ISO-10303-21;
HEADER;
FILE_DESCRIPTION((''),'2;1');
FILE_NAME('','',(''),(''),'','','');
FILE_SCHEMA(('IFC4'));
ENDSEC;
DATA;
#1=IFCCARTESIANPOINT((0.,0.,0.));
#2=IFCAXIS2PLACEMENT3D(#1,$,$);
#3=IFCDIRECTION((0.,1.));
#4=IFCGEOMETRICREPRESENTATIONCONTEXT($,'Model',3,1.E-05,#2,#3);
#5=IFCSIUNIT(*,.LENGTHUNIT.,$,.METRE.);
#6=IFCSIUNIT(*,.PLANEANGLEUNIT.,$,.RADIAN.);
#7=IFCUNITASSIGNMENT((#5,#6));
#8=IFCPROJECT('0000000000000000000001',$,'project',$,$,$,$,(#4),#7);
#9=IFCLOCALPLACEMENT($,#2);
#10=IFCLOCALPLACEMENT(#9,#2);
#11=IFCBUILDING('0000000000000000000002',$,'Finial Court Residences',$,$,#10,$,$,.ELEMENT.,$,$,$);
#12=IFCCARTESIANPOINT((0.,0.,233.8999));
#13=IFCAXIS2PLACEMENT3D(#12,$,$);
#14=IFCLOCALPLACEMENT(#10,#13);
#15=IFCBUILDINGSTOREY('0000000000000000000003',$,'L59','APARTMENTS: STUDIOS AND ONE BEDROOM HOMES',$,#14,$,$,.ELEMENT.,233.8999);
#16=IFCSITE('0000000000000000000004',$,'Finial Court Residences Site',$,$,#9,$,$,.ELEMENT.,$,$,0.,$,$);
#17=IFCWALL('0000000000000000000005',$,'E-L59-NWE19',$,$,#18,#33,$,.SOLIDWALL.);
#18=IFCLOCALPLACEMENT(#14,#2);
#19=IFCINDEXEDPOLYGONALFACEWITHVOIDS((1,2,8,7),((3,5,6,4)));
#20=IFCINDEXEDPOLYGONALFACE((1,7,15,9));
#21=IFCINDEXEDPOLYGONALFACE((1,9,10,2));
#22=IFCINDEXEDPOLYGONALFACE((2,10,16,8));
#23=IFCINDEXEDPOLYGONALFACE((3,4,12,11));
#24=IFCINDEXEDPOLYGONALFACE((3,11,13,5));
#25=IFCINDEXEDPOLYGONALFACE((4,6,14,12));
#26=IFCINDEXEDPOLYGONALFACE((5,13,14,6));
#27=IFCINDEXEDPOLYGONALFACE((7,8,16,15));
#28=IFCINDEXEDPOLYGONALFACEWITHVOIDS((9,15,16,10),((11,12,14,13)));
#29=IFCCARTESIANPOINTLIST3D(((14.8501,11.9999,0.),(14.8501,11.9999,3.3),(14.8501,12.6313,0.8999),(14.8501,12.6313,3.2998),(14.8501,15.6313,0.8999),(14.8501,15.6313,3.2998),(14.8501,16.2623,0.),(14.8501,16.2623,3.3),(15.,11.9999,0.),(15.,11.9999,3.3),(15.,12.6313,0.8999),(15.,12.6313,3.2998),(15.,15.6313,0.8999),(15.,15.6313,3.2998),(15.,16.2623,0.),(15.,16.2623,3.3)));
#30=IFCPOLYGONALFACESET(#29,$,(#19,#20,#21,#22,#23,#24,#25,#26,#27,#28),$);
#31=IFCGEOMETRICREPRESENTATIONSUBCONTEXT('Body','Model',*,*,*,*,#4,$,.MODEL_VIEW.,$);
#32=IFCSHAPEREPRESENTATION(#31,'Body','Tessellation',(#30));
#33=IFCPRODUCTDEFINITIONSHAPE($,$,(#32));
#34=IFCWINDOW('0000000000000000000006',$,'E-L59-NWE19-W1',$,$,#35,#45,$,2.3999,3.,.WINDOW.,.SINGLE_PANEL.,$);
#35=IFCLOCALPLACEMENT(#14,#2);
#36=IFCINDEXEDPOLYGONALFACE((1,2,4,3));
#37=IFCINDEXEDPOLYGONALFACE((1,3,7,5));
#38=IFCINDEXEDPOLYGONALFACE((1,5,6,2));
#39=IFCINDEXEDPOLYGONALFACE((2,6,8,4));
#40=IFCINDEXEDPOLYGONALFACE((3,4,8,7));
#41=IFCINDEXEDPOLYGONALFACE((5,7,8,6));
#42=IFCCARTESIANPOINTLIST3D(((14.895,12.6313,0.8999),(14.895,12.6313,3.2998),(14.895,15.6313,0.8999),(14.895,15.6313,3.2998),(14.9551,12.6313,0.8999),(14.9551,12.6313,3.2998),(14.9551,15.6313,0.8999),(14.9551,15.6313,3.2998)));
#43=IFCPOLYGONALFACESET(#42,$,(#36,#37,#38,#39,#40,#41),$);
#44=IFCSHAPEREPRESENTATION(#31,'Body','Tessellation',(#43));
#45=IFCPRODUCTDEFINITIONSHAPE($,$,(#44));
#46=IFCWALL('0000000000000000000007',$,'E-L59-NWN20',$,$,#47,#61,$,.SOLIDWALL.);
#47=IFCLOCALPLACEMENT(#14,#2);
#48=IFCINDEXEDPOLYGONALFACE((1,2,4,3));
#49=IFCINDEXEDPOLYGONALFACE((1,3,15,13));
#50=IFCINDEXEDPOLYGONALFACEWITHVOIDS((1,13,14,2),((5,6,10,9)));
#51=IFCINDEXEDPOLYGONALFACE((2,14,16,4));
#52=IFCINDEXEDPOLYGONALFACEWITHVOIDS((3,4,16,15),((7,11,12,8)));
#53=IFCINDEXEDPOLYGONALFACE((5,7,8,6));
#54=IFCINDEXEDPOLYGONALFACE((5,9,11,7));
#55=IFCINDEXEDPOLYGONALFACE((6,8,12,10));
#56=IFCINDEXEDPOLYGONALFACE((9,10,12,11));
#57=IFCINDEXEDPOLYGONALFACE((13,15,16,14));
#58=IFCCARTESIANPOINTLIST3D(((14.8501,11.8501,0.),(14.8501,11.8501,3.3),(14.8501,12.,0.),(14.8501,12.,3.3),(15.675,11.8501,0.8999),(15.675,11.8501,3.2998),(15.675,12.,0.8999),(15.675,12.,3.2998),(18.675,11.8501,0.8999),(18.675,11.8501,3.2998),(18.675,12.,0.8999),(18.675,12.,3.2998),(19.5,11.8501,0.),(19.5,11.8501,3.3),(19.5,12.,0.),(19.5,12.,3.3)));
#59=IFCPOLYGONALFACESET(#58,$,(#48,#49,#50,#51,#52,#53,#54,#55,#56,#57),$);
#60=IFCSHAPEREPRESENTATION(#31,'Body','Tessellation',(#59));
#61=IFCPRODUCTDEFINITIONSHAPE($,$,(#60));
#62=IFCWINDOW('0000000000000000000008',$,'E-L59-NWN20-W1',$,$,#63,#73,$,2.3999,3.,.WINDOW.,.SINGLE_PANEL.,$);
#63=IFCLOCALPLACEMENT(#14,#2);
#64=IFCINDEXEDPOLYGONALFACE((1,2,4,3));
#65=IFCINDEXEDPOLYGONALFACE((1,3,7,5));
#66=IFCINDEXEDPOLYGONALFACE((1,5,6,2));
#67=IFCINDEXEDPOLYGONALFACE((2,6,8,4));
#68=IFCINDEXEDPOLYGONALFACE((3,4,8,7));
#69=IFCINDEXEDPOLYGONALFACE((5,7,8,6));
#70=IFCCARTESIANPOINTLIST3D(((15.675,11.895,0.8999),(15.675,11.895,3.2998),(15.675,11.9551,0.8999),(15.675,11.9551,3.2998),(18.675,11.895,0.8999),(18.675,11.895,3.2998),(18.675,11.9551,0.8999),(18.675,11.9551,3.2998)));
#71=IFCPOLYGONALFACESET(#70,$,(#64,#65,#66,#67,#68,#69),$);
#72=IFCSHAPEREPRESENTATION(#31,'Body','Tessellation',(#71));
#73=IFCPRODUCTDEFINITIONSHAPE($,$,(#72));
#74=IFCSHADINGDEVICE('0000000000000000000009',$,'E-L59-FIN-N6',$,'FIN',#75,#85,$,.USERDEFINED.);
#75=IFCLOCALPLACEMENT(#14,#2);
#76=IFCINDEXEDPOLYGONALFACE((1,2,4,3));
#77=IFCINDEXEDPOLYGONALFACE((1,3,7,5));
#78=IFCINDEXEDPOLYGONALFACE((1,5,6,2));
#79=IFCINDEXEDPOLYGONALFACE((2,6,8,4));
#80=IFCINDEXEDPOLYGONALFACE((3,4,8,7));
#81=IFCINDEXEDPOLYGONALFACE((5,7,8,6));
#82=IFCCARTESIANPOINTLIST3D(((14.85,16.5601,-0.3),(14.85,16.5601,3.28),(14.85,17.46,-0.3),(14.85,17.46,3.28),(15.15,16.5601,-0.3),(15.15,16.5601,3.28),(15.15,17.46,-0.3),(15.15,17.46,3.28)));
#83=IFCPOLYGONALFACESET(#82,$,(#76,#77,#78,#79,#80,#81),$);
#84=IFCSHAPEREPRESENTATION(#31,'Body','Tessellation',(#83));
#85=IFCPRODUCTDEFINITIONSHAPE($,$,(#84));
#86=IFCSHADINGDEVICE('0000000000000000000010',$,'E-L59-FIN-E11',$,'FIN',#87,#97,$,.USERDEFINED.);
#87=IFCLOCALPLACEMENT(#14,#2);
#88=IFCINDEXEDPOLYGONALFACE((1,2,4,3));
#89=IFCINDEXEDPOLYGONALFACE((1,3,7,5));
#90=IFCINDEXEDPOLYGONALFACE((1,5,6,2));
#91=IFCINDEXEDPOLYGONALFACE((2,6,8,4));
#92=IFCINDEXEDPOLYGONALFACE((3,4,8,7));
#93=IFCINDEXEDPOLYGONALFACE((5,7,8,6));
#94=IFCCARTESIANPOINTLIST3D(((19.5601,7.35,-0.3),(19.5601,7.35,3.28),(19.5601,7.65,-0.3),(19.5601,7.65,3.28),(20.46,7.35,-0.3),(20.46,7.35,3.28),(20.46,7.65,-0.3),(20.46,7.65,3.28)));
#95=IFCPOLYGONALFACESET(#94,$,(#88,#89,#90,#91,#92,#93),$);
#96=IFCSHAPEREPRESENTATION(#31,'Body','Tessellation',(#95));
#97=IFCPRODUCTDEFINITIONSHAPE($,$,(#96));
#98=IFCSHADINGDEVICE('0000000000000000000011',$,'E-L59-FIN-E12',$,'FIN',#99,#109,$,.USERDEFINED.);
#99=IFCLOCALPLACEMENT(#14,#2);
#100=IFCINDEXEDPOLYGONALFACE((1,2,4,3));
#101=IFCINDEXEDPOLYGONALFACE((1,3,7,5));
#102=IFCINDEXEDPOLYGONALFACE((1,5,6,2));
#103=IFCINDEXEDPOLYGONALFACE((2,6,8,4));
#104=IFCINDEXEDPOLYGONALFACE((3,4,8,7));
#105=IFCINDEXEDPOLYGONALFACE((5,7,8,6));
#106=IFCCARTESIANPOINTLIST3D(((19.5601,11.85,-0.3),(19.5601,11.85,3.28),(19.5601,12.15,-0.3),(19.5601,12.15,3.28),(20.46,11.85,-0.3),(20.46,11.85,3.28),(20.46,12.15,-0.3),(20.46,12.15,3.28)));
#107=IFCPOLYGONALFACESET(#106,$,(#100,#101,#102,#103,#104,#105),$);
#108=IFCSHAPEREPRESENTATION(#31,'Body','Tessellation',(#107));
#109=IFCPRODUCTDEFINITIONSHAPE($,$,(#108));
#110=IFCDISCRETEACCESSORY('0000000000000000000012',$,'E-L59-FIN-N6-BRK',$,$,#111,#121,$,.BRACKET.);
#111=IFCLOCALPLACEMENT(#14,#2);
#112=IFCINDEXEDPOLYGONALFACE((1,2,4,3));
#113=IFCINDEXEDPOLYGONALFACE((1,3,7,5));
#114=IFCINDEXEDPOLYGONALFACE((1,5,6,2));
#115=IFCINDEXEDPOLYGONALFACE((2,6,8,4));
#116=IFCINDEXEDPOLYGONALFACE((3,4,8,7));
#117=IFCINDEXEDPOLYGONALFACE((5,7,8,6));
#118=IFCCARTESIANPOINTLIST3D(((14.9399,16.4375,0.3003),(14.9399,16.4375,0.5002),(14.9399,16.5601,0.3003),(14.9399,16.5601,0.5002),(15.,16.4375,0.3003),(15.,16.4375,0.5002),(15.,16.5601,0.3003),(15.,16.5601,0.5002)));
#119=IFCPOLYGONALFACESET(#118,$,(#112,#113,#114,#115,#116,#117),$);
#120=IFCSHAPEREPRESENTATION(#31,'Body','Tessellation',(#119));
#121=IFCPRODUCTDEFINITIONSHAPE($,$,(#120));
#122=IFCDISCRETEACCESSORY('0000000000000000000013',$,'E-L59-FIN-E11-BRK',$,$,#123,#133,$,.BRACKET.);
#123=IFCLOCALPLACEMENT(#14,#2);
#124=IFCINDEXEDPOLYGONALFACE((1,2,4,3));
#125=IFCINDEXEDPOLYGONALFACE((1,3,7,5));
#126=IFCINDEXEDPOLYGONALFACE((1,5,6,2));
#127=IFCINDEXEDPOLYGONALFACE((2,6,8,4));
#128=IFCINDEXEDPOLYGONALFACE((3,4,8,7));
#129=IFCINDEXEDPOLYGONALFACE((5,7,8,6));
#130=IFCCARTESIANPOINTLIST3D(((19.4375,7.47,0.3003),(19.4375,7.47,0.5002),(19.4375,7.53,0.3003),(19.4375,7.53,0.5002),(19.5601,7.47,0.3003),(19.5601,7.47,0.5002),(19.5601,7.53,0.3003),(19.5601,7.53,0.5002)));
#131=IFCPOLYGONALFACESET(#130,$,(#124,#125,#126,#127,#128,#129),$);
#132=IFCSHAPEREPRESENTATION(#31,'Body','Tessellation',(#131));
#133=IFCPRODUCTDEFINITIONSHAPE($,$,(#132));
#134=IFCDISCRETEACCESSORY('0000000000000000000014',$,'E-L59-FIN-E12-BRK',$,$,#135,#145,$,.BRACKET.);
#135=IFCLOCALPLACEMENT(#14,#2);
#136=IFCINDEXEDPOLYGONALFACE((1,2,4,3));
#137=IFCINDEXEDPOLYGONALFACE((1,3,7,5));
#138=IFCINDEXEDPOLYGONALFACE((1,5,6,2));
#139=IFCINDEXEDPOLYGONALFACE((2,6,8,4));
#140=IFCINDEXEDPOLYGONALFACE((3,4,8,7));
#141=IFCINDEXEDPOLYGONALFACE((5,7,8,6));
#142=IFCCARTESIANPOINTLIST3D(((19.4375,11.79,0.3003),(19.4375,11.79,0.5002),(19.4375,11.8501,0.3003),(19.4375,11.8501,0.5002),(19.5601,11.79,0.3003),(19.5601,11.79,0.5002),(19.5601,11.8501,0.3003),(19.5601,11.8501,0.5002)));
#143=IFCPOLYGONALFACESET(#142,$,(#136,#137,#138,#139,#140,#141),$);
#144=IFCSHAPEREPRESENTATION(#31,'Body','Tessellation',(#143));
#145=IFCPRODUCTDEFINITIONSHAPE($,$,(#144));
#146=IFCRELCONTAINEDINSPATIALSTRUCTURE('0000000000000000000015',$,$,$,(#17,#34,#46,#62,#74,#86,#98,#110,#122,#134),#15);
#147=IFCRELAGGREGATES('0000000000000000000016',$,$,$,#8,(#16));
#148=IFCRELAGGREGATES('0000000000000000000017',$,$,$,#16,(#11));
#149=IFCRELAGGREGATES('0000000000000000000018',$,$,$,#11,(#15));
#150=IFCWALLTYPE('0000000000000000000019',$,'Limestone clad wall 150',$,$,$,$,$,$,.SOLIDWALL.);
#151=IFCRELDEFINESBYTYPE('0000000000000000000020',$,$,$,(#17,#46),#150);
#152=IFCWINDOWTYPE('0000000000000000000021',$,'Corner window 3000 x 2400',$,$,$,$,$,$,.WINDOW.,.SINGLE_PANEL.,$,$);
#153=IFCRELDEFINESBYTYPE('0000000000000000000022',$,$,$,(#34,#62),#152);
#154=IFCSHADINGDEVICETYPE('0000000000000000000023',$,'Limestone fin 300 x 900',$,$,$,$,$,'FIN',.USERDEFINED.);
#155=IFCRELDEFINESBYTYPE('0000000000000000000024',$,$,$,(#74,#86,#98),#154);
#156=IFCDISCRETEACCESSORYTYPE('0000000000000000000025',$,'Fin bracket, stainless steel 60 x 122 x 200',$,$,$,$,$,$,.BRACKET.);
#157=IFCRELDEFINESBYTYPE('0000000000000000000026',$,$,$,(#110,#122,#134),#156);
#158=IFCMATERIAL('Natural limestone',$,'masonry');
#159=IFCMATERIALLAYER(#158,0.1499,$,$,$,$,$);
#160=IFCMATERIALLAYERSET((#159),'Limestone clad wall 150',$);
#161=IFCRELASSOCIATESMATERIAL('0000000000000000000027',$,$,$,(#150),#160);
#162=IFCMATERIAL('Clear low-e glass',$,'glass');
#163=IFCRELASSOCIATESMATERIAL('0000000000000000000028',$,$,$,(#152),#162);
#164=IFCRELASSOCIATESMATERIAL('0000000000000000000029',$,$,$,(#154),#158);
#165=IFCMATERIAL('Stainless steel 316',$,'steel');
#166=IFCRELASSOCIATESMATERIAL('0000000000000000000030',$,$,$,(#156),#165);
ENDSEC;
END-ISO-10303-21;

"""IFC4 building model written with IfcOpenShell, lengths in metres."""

from ifc_helpers import new_model, si_unit, direction, frame, frame_2d, origin, origin_2d, place, context, subcontext, project, spatial, rectangle, extrude, material, layer, layer_set, type_object, element, fill, save


model = new_model("IFC4")

# Units and contexts
model_context = context("Model", 3, precision=1e-05, world=origin(), true_north=direction((0.0, 1.0)))
body_context = subcontext(model_context, "Body", "Model", "MODEL_VIEW")
ifc_project = project(units=[si_unit("LENGTHUNIT", "METRE"), si_unit("PLANEANGLEUNIT", "RADIAN")], contexts=[model_context])

# Site, building, storey
site_placement = place(None, origin())
site = spatial("IfcSite", under=ifc_project, at=site_placement, Name="Finial Court Residences Site", CompositionType="ELEMENT", RefElevation=0.0)
building_placement = place(site_placement, origin())
building = spatial("IfcBuilding", under=site, at=building_placement, Name="Finial Court Residences", CompositionType="ELEMENT")
storey_placement = place(building_placement, frame((0.0, 0.0, 233.8999)))
storey = spatial("IfcBuildingStorey", under=building, at=storey_placement, Name="L59", Description="APARTMENTS: STUDIOS AND ONE BEDROOM HOMES", CompositionType="ELEMENT", Elevation=233.8999)

# Shared definitions
ifc_material_1 = material(Name="Clear low-e glass", Category="glass")

# Walls, openings, windows
ifc_material_2 = material(Name="Natural limestone", Category="masonry")
ifc_layer_1 = layer(ifc_material_2, 0.1499)
ifc_layer_set_1 = layer_set([ifc_layer_1], Name="Limestone clad wall 150")
wall_type_1 = type_object("IfcWallType", Name="Limestone clad wall 150", PredefinedType="SOLIDWALL", material=ifc_layer_set_1)
wall_1_placement = place(storey_placement, frame((14.925, 16.2625, 0.0), z_axis=(0.0, 0.0, 1.0), x_axis=(0.0, -1.0, 0.0)))
wall_1 = element("IfcWall", 1, at=wall_1_placement, inside=storey, type_object=wall_type_1, Name="E-L59-NWE19", PredefinedType="SOLIDWALL", context=body_context, shape_type="SweptSolid", body=[
    extrude(rectangle(XDim=4.2625, YDim=0.1499, at=frame_2d((2.1313, 0.0))), origin(), (0.0, 0.0, 1.0), 3.3),
])
opening_1_placement = place(wall_1_placement, frame((0.6311, 0.0, 0.8999)))
opening_1 = element("IfcOpeningElement", 2, at=opening_1_placement, cuts=wall_1, PredefinedType="OPENING", context=body_context, shape_type="SweptSolid", body=[
    extrude(rectangle(XDim=3.0, YDim=2.3999, at=frame_2d((1.5, 1.2))), frame((0.0, 0.085, 0.0), z_axis=(0.0, -1.0, 0.0), x_axis=(1.0, 0.0, 0.0)), (0.0, 0.0, 1.0), 0.1699),
])
window_type = type_object("IfcWindowType", Name="Corner window 3000 x 2400", PartitioningType="SINGLE_PANEL", PredefinedType="WINDOW", material=ifc_material_1)
window_1_placement = place(opening_1_placement, origin())
window_1 = element("IfcWindow", 3, at=window_1_placement, inside=storey, type_object=window_type, Name="E-L59-NWE19-W1", OverallHeight=2.3999, OverallWidth=3.0, PartitioningType="SINGLE_PANEL", PredefinedType="WINDOW", context=body_context, shape_type="SweptSolid", body=[
    extrude(rectangle(XDim=3.0, YDim=2.3999, at=frame_2d((1.5, 1.2))), frame((0.0, 0.03, 0.0), z_axis=(0.0, -1.0, 0.0), x_axis=(1.0, 0.0, 0.0)), (0.0, 0.0, 1.0), 0.0601),
])
fill(opening_1, window_1)
wall_2_placement = place(storey_placement, frame((14.8501, 11.925, 0.0), z_axis=(0.0, 0.0, 1.0), x_axis=(1.0, 0.0, 0.0)))
wall_2 = element("IfcWall", 4, at=wall_2_placement, inside=storey, type_object=wall_type_1, Name="E-L59-NWN20", PredefinedType="SOLIDWALL", context=body_context, shape_type="SweptSolid", body=[
    extrude(rectangle(XDim=4.6499, YDim=0.1499, at=frame_2d((2.325, 0.0))), origin(), (0.0, 0.0, 1.0), 3.3),
])
opening_2_placement = place(wall_2_placement, frame((0.825, 0.0, 0.8999)))
opening_2 = element("IfcOpeningElement", 5, at=opening_2_placement, cuts=wall_2, PredefinedType="OPENING", context=body_context, shape_type="SweptSolid", body=[
    extrude(rectangle(XDim=3.0, YDim=2.3999, at=frame_2d((1.5, 1.2))), frame((0.0, 0.085, 0.0), z_axis=(0.0, -1.0, 0.0), x_axis=(1.0, 0.0, 0.0)), (0.0, 0.0, 1.0), 0.1699),
])
window_2_placement = place(opening_2_placement, origin())
window_2 = element("IfcWindow", 6, at=window_2_placement, inside=storey, type_object=window_type, Name="E-L59-NWN20-W1", OverallHeight=2.3999, OverallWidth=3.0, PartitioningType="SINGLE_PANEL", PredefinedType="WINDOW", context=body_context, shape_type="SweptSolid", body=[
    extrude(rectangle(XDim=3.0, YDim=2.3999, at=frame_2d((1.5, 1.2))), frame((0.0, 0.03, 0.0), z_axis=(0.0, -1.0, 0.0), x_axis=(1.0, 0.0, 0.0)), (0.0, 0.0, 1.0), 0.0601),
])
fill(opening_2, window_2)

# Shading devices
shading_device_type = type_object("IfcShadingDeviceType", Name="Limestone fin 300 x 900", ElementType="FIN", PredefinedType="USERDEFINED", material=ifc_material_2)
shading_device_placement = place(storey_placement, frame((15.0, 17.01, -0.3), z_axis=(0.0, 0.0, 1.0), x_axis=(1.0, 0.0, 0.0)))
element("IfcShadingDevice", 7, at=shading_device_placement, inside=storey, type_object=shading_device_type, Name="E-L59-FIN-N6", ObjectType="FIN", PredefinedType="USERDEFINED", context=body_context, shape_type="SweptSolid", body=[
    extrude(rectangle(XDim=0.3, YDim=0.8999, at=origin_2d()), origin(), (0.0, 0.0, 1.0), 3.5801),
])
for number, where, z_axis, x_axis, name in (
    (8, (20.01, 7.5, -0.3), (0.0, 0.0, 1.0), (1.0, 0.0, 0.0), "E-L59-FIN-E11"),
    (9, (20.01, 12.0, -0.3), (0.0, 0.0, 1.0), (1.0, 0.0, 0.0), "E-L59-FIN-E12"),
):
    element("IfcShadingDevice", number, at=place(storey_placement, frame(where, z_axis=z_axis, x_axis=x_axis)), inside=storey, type_object=shading_device_type, Name=name, ObjectType="FIN", PredefinedType="USERDEFINED", context=body_context, shape_type="SweptSolid", body=[
        extrude(rectangle(XDim=0.8999, YDim=0.3, at=origin_2d()), origin(), (0.0, 0.0, 1.0), 3.5801),
    ])

# Discrete accessories
ifc_material_3 = material(Name="Stainless steel 316", Category="steel")
discrete_accessory_type = type_object("IfcDiscreteAccessoryType", Name="Fin bracket, stainless steel 60 x 122 x 200", PredefinedType="BRACKET", material=ifc_material_3)
discrete_accessory_placement = place(storey_placement, frame((14.97, 16.4988, 0.3003), z_axis=(0.0, 0.0, 1.0), x_axis=(1.0, 0.0, 0.0)))
element("IfcDiscreteAccessory", 10, at=discrete_accessory_placement, inside=storey, type_object=discrete_accessory_type, Name="E-L59-FIN-N6-BRK", PredefinedType="BRACKET", context=body_context, shape_type="SweptSolid", body=[
    extrude(rectangle(XDim=0.0601, YDim=0.1226, at=origin_2d()), origin(), (0.0, 0.0, 1.0), 0.2),
])
for number, where, z_axis, x_axis, name in (
    (11, (19.4988, 7.5, 0.3003), (0.0, 0.0, 1.0), (1.0, 0.0, 0.0), "E-L59-FIN-E11-BRK"),
    (12, (19.4988, 11.8201, 0.3003), (0.0, 0.0, 1.0), (1.0, 0.0, 0.0), "E-L59-FIN-E12-BRK"),
):
    element("IfcDiscreteAccessory", number, at=place(storey_placement, frame(where, z_axis=z_axis, x_axis=x_axis)), inside=storey, type_object=discrete_accessory_type, Name=name, PredefinedType="BRACKET", context=body_context, shape_type="SweptSolid", body=[
        extrude(rectangle(XDim=0.1226, YDim=0.0601, at=origin_2d()), origin(), (0.0, 0.0, 1.0), 0.2),
    ])

save(model, "model.ifc")
